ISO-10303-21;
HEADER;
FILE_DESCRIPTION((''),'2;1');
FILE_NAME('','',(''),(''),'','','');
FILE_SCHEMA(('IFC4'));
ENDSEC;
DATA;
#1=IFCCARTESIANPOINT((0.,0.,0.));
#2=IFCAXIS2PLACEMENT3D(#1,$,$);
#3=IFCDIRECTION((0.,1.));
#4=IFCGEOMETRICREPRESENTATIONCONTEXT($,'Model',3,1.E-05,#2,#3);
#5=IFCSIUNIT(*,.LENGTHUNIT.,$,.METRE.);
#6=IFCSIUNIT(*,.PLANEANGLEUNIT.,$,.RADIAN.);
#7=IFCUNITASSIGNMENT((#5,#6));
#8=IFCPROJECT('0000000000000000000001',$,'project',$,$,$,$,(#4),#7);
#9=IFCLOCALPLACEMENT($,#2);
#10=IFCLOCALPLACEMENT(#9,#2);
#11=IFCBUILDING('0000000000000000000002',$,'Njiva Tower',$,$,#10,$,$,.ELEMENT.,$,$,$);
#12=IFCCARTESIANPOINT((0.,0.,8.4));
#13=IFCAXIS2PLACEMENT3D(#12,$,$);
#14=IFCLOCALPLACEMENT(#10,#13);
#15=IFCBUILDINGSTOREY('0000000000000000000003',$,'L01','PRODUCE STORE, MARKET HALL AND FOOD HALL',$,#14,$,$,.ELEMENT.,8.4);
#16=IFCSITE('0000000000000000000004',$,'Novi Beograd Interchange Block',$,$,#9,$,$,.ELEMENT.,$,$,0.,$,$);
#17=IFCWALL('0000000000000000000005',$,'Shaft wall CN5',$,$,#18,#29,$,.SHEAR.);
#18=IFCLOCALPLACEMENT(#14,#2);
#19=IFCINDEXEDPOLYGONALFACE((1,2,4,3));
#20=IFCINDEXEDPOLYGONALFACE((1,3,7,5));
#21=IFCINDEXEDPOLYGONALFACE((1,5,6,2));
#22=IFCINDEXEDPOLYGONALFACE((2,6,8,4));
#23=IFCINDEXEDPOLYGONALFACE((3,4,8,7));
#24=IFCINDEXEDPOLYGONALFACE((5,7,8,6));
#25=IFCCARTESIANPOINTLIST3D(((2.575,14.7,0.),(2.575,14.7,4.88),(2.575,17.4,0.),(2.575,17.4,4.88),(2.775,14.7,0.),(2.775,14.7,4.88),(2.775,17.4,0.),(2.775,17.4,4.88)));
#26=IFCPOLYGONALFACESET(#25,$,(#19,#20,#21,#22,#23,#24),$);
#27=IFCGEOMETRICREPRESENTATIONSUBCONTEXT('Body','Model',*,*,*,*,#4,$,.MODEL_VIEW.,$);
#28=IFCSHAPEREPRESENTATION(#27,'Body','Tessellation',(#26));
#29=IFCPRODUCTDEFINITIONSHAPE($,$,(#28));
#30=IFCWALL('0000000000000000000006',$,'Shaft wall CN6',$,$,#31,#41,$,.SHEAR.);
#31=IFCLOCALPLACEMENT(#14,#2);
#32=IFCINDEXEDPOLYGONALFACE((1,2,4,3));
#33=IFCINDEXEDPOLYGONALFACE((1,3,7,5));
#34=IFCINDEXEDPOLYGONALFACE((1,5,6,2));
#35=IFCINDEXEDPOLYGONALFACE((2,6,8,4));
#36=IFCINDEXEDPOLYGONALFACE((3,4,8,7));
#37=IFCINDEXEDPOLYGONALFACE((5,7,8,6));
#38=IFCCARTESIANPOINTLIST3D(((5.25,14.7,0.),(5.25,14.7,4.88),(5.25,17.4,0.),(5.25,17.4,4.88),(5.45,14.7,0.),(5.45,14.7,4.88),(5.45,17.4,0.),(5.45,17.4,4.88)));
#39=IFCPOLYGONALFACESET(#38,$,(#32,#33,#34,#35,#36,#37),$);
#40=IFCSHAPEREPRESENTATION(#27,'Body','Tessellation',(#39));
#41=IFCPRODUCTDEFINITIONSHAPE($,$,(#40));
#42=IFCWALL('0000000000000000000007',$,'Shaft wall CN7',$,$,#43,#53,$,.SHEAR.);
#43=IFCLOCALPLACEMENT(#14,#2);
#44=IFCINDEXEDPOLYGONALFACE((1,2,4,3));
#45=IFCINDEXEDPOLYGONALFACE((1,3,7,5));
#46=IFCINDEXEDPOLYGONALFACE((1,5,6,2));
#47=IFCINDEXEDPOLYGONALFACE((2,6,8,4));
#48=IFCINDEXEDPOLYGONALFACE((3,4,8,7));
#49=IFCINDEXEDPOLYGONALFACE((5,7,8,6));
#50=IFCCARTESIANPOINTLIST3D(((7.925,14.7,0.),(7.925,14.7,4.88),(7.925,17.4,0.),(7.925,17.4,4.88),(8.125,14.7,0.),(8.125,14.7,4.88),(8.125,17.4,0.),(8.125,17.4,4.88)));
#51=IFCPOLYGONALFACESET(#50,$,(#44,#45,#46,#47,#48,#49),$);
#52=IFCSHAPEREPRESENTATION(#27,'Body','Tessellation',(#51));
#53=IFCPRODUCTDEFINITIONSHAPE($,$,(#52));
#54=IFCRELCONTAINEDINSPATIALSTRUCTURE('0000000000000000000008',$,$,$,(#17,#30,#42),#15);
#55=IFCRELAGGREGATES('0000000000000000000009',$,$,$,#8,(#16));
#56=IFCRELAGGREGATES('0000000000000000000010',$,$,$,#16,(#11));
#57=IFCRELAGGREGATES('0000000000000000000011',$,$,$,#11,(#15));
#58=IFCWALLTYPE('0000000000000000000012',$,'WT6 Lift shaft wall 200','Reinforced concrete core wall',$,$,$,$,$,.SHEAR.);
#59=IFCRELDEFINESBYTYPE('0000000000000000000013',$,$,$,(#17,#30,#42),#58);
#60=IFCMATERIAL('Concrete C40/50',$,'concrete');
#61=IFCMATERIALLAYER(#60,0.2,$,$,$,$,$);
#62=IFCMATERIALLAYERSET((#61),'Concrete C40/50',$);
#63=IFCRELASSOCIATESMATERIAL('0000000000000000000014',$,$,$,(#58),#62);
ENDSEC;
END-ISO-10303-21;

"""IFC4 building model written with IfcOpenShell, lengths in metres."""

from ifc_helpers import new_model, si_unit, direction, frame, frame_2d, origin, place, context, subcontext, project, spatial, rectangle, extrude, material, layer, layer_set, type_object, element, save


model = new_model("IFC4")

# Units and contexts
model_context = context("Model", 3, precision=1e-05, world=origin(), true_north=direction((0.0, 1.0)))
body_context = subcontext(model_context, "Body", "Model", "MODEL_VIEW")
ifc_project = project(units=[si_unit("LENGTHUNIT", "METRE"), si_unit("PLANEANGLEUNIT", "RADIAN")], contexts=[model_context])

# Site, building, storey
site_placement = place(None, origin())
site = spatial("IfcSite", under=ifc_project, at=site_placement, Name="Novi Beograd Interchange Block", CompositionType="ELEMENT", RefElevation=0.0)
building_placement = place(site_placement, origin())
building = spatial("IfcBuilding", under=site, at=building_placement, Name="Njiva Tower", CompositionType="ELEMENT")
storey_placement = place(building_placement, frame((0.0, 0.0, 8.4)))
storey = spatial("IfcBuildingStorey", under=building, at=storey_placement, Name="L01", Description="PRODUCE STORE, MARKET HALL AND FOOD HALL", CompositionType="ELEMENT", Elevation=8.4)

# Walls
ifc_material_1 = material(Name="Concrete C40/50", Category="concrete")
ifc_layer_1 = layer(ifc_material_1, 0.2)
ifc_layer_set_1 = layer_set([ifc_layer_1], Name="Concrete C40/50")
wall_type_1 = type_object("IfcWallType", Name="WT6 Lift shaft wall 200", Description="Reinforced concrete core wall", PredefinedType="SHEAR", material=ifc_layer_set_1)
for number, where, z_axis, x_axis, name in (
    (1, (2.675, 14.7, 0.0), (0.0, 0.0, 1.0), (0.0, 1.0, 0.0), "Shaft wall CN5"),
    (2, (5.35, 14.7, 0.0), (0.0, 0.0, 1.0), (0.0, 1.0, 0.0), "Shaft wall CN6"),
    (3, (8.025, 14.7, 0.0), (0.0, 0.0, 1.0), (0.0, 1.0, 0.0), "Shaft wall CN7"),
):
    element("IfcWall", number, at=place(storey_placement, frame(where, z_axis=z_axis, x_axis=x_axis)), inside=storey, type_object=wall_type_1, Name=name, PredefinedType="SHEAR", context=body_context, shape_type="SweptSolid", body=[
        extrude(rectangle(XDim=2.7, YDim=0.2, at=frame_2d((1.35, 0.0))), origin(), (0.0, 0.0, 1.0), 4.88),
    ])

save(model, "model.ifc")
